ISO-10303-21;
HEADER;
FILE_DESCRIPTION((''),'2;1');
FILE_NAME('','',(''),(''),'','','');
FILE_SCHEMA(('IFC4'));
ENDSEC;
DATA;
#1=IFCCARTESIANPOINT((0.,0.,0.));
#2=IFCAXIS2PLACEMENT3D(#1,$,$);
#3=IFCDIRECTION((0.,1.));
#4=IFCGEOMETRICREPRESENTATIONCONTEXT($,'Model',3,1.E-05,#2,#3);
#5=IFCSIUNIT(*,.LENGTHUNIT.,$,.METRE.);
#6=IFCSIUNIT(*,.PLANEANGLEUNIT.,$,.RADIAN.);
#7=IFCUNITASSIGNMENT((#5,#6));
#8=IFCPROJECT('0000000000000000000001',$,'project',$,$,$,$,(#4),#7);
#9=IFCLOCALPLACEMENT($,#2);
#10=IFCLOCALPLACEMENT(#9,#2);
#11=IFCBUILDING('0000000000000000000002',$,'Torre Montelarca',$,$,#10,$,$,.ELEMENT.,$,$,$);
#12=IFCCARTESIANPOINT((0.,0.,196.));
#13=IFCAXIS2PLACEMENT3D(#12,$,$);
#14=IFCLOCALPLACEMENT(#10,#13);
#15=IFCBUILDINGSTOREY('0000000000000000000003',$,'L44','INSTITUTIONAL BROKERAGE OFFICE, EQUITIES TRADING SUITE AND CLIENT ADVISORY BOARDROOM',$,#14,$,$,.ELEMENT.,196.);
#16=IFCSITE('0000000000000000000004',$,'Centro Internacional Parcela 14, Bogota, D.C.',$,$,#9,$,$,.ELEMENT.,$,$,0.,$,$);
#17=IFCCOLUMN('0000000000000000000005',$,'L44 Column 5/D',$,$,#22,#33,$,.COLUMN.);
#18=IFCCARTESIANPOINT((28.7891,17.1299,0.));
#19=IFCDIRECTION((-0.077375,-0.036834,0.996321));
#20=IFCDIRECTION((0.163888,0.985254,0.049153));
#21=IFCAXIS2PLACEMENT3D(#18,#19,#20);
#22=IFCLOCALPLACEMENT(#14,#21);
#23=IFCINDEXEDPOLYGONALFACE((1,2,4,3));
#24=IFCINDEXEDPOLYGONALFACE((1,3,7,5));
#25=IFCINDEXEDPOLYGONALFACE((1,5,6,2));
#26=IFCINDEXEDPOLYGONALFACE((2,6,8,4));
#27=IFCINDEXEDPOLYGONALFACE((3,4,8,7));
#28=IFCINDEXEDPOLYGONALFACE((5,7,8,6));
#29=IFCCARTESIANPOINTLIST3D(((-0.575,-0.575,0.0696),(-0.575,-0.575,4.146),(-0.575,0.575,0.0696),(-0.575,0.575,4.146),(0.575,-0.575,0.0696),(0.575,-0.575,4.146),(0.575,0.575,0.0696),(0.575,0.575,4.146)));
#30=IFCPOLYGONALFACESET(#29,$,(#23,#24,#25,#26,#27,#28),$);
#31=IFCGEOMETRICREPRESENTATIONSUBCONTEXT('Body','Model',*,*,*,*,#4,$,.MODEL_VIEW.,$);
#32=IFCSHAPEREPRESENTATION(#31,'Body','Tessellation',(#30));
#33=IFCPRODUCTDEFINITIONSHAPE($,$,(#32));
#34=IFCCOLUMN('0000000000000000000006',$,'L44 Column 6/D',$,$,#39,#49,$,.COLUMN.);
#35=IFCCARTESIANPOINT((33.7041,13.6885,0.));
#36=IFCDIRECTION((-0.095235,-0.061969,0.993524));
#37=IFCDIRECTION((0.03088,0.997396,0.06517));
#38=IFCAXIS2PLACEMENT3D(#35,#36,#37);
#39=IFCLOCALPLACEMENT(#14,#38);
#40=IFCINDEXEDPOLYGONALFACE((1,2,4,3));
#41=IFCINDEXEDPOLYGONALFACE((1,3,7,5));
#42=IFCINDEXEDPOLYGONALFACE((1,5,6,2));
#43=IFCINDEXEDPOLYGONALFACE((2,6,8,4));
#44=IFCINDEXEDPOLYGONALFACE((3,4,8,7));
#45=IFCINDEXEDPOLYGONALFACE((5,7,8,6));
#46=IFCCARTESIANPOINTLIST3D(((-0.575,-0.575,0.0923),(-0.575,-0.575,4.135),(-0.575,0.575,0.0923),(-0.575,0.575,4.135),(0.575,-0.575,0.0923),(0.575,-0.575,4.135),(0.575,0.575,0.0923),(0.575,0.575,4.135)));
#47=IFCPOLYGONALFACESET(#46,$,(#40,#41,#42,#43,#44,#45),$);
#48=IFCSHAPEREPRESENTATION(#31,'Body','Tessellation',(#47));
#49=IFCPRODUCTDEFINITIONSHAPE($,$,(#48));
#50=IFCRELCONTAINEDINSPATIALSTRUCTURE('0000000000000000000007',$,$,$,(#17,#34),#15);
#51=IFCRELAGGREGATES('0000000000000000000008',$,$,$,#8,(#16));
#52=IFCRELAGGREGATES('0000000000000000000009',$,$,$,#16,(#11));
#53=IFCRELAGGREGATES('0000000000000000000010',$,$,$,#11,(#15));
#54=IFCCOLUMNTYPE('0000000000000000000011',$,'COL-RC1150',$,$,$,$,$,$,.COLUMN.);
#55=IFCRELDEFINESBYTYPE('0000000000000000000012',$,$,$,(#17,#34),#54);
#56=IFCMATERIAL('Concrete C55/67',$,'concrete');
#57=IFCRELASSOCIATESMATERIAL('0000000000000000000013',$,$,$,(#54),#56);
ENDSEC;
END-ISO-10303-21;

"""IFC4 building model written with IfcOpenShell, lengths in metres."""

from ifc_helpers import new_model, si_unit, direction, frame, origin, origin_2d, place, context, subcontext, project, spatial, rectangle, extrude, clip, halfspace, material, material_profile, profile_set, type_object, element, save


model = new_model("IFC4")

# Units and contexts
model_context = context("Model", 3, precision=1e-05, world=origin(), true_north=direction((0.0, 1.0)))
body_context = subcontext(model_context, "Body", "Model", "MODEL_VIEW")
ifc_project = project(units=[si_unit("LENGTHUNIT", "METRE"), si_unit("PLANEANGLEUNIT", "RADIAN")], contexts=[model_context])

# Site, building, storey
site_placement = place(None, origin())
site = spatial("IfcSite", under=ifc_project, at=site_placement, Name="Centro Internacional Parcela 14, Bogota, D.C.", CompositionType="ELEMENT", RefElevation=0.0)
building_placement = place(site_placement, origin())
building = spatial("IfcBuilding", under=site, at=building_placement, Name="Torre Montelarca", CompositionType="ELEMENT")
storey_placement = place(building_placement, frame((0.0, 0.0, 196.0)))
storey = spatial("IfcBuildingStorey", under=building, at=storey_placement, Name="L44", Description="INSTITUTIONAL BROKERAGE OFFICE, EQUITIES TRADING SUITE AND CLIENT ADVISORY BOARDROOM", CompositionType="ELEMENT", Elevation=196.0)

# Columns
ifc_material_1 = material(Name="Concrete C55/67", Category="concrete")
ifc_material_profile_1 = material_profile(ifc_material_1, rectangle(XDim=1.1499, YDim=1.1499, at=origin_2d()), Name="RC1150X1150", Category="concrete")
ifc_profile_set_1 = profile_set([ifc_material_profile_1], Name="Concrete C55/67")
column_type = type_object("IfcColumnType", Name="COL-RC1150", PredefinedType="COLUMN", material=ifc_profile_set_1)
column_1_placement = place(storey_placement, frame((28.7891, 17.1299, 0.0), z_axis=(-0.077375, -0.036834, 0.996321), x_axis=(0.163888, 0.985254, 0.049153)))
element("IfcColumn", 1, at=column_1_placement, inside=storey, type_object=column_type, Name="L44 Column 5/D", PredefinedType="COLUMN", context=body_context, shape_type="Clipping", body=[
    clip(clip(extrude(rectangle(XDim=1.1499, YDim=1.1499, at=origin_2d()), origin(), (0.0, 0.0, 1.0), 4.2156), halfspace(frame((0.0, 0.0, 0.0696), z_axis=(0.0, 0.0, -1.0), x_axis=(1.0, 0.0, 0.0)), False)), halfspace(frame((0.0, 0.0, 4.146), z_axis=(0.0, 0.0, 1.0), x_axis=(1.0, 0.0, 0.0)), False)),
])
column_2_placement = place(storey_placement, frame((33.7041, 13.6885, 0.0), z_axis=(-0.095235, -0.061969, 0.993524), x_axis=(0.03088, 0.997396, 0.06517)))
element("IfcColumn", 2, at=column_2_placement, inside=storey, type_object=column_type, Name="L44 Column 6/D", PredefinedType="COLUMN", context=body_context, shape_type="Clipping", body=[
    clip(clip(extrude(rectangle(XDim=1.1499, YDim=1.1499, at=origin_2d()), origin(), (0.0, 0.0, 1.0), 4.2273), halfspace(frame((0.0, 0.0, 0.0923), z_axis=(0.0, 0.0, -1.0), x_axis=(1.0, 0.0, 0.0)), False)), halfspace(frame((0.0, 0.0, 4.135), z_axis=(0.0, 0.0, 1.0), x_axis=(1.0, 0.0, 0.0)), False)),
])

save(model, "model.ifc")
